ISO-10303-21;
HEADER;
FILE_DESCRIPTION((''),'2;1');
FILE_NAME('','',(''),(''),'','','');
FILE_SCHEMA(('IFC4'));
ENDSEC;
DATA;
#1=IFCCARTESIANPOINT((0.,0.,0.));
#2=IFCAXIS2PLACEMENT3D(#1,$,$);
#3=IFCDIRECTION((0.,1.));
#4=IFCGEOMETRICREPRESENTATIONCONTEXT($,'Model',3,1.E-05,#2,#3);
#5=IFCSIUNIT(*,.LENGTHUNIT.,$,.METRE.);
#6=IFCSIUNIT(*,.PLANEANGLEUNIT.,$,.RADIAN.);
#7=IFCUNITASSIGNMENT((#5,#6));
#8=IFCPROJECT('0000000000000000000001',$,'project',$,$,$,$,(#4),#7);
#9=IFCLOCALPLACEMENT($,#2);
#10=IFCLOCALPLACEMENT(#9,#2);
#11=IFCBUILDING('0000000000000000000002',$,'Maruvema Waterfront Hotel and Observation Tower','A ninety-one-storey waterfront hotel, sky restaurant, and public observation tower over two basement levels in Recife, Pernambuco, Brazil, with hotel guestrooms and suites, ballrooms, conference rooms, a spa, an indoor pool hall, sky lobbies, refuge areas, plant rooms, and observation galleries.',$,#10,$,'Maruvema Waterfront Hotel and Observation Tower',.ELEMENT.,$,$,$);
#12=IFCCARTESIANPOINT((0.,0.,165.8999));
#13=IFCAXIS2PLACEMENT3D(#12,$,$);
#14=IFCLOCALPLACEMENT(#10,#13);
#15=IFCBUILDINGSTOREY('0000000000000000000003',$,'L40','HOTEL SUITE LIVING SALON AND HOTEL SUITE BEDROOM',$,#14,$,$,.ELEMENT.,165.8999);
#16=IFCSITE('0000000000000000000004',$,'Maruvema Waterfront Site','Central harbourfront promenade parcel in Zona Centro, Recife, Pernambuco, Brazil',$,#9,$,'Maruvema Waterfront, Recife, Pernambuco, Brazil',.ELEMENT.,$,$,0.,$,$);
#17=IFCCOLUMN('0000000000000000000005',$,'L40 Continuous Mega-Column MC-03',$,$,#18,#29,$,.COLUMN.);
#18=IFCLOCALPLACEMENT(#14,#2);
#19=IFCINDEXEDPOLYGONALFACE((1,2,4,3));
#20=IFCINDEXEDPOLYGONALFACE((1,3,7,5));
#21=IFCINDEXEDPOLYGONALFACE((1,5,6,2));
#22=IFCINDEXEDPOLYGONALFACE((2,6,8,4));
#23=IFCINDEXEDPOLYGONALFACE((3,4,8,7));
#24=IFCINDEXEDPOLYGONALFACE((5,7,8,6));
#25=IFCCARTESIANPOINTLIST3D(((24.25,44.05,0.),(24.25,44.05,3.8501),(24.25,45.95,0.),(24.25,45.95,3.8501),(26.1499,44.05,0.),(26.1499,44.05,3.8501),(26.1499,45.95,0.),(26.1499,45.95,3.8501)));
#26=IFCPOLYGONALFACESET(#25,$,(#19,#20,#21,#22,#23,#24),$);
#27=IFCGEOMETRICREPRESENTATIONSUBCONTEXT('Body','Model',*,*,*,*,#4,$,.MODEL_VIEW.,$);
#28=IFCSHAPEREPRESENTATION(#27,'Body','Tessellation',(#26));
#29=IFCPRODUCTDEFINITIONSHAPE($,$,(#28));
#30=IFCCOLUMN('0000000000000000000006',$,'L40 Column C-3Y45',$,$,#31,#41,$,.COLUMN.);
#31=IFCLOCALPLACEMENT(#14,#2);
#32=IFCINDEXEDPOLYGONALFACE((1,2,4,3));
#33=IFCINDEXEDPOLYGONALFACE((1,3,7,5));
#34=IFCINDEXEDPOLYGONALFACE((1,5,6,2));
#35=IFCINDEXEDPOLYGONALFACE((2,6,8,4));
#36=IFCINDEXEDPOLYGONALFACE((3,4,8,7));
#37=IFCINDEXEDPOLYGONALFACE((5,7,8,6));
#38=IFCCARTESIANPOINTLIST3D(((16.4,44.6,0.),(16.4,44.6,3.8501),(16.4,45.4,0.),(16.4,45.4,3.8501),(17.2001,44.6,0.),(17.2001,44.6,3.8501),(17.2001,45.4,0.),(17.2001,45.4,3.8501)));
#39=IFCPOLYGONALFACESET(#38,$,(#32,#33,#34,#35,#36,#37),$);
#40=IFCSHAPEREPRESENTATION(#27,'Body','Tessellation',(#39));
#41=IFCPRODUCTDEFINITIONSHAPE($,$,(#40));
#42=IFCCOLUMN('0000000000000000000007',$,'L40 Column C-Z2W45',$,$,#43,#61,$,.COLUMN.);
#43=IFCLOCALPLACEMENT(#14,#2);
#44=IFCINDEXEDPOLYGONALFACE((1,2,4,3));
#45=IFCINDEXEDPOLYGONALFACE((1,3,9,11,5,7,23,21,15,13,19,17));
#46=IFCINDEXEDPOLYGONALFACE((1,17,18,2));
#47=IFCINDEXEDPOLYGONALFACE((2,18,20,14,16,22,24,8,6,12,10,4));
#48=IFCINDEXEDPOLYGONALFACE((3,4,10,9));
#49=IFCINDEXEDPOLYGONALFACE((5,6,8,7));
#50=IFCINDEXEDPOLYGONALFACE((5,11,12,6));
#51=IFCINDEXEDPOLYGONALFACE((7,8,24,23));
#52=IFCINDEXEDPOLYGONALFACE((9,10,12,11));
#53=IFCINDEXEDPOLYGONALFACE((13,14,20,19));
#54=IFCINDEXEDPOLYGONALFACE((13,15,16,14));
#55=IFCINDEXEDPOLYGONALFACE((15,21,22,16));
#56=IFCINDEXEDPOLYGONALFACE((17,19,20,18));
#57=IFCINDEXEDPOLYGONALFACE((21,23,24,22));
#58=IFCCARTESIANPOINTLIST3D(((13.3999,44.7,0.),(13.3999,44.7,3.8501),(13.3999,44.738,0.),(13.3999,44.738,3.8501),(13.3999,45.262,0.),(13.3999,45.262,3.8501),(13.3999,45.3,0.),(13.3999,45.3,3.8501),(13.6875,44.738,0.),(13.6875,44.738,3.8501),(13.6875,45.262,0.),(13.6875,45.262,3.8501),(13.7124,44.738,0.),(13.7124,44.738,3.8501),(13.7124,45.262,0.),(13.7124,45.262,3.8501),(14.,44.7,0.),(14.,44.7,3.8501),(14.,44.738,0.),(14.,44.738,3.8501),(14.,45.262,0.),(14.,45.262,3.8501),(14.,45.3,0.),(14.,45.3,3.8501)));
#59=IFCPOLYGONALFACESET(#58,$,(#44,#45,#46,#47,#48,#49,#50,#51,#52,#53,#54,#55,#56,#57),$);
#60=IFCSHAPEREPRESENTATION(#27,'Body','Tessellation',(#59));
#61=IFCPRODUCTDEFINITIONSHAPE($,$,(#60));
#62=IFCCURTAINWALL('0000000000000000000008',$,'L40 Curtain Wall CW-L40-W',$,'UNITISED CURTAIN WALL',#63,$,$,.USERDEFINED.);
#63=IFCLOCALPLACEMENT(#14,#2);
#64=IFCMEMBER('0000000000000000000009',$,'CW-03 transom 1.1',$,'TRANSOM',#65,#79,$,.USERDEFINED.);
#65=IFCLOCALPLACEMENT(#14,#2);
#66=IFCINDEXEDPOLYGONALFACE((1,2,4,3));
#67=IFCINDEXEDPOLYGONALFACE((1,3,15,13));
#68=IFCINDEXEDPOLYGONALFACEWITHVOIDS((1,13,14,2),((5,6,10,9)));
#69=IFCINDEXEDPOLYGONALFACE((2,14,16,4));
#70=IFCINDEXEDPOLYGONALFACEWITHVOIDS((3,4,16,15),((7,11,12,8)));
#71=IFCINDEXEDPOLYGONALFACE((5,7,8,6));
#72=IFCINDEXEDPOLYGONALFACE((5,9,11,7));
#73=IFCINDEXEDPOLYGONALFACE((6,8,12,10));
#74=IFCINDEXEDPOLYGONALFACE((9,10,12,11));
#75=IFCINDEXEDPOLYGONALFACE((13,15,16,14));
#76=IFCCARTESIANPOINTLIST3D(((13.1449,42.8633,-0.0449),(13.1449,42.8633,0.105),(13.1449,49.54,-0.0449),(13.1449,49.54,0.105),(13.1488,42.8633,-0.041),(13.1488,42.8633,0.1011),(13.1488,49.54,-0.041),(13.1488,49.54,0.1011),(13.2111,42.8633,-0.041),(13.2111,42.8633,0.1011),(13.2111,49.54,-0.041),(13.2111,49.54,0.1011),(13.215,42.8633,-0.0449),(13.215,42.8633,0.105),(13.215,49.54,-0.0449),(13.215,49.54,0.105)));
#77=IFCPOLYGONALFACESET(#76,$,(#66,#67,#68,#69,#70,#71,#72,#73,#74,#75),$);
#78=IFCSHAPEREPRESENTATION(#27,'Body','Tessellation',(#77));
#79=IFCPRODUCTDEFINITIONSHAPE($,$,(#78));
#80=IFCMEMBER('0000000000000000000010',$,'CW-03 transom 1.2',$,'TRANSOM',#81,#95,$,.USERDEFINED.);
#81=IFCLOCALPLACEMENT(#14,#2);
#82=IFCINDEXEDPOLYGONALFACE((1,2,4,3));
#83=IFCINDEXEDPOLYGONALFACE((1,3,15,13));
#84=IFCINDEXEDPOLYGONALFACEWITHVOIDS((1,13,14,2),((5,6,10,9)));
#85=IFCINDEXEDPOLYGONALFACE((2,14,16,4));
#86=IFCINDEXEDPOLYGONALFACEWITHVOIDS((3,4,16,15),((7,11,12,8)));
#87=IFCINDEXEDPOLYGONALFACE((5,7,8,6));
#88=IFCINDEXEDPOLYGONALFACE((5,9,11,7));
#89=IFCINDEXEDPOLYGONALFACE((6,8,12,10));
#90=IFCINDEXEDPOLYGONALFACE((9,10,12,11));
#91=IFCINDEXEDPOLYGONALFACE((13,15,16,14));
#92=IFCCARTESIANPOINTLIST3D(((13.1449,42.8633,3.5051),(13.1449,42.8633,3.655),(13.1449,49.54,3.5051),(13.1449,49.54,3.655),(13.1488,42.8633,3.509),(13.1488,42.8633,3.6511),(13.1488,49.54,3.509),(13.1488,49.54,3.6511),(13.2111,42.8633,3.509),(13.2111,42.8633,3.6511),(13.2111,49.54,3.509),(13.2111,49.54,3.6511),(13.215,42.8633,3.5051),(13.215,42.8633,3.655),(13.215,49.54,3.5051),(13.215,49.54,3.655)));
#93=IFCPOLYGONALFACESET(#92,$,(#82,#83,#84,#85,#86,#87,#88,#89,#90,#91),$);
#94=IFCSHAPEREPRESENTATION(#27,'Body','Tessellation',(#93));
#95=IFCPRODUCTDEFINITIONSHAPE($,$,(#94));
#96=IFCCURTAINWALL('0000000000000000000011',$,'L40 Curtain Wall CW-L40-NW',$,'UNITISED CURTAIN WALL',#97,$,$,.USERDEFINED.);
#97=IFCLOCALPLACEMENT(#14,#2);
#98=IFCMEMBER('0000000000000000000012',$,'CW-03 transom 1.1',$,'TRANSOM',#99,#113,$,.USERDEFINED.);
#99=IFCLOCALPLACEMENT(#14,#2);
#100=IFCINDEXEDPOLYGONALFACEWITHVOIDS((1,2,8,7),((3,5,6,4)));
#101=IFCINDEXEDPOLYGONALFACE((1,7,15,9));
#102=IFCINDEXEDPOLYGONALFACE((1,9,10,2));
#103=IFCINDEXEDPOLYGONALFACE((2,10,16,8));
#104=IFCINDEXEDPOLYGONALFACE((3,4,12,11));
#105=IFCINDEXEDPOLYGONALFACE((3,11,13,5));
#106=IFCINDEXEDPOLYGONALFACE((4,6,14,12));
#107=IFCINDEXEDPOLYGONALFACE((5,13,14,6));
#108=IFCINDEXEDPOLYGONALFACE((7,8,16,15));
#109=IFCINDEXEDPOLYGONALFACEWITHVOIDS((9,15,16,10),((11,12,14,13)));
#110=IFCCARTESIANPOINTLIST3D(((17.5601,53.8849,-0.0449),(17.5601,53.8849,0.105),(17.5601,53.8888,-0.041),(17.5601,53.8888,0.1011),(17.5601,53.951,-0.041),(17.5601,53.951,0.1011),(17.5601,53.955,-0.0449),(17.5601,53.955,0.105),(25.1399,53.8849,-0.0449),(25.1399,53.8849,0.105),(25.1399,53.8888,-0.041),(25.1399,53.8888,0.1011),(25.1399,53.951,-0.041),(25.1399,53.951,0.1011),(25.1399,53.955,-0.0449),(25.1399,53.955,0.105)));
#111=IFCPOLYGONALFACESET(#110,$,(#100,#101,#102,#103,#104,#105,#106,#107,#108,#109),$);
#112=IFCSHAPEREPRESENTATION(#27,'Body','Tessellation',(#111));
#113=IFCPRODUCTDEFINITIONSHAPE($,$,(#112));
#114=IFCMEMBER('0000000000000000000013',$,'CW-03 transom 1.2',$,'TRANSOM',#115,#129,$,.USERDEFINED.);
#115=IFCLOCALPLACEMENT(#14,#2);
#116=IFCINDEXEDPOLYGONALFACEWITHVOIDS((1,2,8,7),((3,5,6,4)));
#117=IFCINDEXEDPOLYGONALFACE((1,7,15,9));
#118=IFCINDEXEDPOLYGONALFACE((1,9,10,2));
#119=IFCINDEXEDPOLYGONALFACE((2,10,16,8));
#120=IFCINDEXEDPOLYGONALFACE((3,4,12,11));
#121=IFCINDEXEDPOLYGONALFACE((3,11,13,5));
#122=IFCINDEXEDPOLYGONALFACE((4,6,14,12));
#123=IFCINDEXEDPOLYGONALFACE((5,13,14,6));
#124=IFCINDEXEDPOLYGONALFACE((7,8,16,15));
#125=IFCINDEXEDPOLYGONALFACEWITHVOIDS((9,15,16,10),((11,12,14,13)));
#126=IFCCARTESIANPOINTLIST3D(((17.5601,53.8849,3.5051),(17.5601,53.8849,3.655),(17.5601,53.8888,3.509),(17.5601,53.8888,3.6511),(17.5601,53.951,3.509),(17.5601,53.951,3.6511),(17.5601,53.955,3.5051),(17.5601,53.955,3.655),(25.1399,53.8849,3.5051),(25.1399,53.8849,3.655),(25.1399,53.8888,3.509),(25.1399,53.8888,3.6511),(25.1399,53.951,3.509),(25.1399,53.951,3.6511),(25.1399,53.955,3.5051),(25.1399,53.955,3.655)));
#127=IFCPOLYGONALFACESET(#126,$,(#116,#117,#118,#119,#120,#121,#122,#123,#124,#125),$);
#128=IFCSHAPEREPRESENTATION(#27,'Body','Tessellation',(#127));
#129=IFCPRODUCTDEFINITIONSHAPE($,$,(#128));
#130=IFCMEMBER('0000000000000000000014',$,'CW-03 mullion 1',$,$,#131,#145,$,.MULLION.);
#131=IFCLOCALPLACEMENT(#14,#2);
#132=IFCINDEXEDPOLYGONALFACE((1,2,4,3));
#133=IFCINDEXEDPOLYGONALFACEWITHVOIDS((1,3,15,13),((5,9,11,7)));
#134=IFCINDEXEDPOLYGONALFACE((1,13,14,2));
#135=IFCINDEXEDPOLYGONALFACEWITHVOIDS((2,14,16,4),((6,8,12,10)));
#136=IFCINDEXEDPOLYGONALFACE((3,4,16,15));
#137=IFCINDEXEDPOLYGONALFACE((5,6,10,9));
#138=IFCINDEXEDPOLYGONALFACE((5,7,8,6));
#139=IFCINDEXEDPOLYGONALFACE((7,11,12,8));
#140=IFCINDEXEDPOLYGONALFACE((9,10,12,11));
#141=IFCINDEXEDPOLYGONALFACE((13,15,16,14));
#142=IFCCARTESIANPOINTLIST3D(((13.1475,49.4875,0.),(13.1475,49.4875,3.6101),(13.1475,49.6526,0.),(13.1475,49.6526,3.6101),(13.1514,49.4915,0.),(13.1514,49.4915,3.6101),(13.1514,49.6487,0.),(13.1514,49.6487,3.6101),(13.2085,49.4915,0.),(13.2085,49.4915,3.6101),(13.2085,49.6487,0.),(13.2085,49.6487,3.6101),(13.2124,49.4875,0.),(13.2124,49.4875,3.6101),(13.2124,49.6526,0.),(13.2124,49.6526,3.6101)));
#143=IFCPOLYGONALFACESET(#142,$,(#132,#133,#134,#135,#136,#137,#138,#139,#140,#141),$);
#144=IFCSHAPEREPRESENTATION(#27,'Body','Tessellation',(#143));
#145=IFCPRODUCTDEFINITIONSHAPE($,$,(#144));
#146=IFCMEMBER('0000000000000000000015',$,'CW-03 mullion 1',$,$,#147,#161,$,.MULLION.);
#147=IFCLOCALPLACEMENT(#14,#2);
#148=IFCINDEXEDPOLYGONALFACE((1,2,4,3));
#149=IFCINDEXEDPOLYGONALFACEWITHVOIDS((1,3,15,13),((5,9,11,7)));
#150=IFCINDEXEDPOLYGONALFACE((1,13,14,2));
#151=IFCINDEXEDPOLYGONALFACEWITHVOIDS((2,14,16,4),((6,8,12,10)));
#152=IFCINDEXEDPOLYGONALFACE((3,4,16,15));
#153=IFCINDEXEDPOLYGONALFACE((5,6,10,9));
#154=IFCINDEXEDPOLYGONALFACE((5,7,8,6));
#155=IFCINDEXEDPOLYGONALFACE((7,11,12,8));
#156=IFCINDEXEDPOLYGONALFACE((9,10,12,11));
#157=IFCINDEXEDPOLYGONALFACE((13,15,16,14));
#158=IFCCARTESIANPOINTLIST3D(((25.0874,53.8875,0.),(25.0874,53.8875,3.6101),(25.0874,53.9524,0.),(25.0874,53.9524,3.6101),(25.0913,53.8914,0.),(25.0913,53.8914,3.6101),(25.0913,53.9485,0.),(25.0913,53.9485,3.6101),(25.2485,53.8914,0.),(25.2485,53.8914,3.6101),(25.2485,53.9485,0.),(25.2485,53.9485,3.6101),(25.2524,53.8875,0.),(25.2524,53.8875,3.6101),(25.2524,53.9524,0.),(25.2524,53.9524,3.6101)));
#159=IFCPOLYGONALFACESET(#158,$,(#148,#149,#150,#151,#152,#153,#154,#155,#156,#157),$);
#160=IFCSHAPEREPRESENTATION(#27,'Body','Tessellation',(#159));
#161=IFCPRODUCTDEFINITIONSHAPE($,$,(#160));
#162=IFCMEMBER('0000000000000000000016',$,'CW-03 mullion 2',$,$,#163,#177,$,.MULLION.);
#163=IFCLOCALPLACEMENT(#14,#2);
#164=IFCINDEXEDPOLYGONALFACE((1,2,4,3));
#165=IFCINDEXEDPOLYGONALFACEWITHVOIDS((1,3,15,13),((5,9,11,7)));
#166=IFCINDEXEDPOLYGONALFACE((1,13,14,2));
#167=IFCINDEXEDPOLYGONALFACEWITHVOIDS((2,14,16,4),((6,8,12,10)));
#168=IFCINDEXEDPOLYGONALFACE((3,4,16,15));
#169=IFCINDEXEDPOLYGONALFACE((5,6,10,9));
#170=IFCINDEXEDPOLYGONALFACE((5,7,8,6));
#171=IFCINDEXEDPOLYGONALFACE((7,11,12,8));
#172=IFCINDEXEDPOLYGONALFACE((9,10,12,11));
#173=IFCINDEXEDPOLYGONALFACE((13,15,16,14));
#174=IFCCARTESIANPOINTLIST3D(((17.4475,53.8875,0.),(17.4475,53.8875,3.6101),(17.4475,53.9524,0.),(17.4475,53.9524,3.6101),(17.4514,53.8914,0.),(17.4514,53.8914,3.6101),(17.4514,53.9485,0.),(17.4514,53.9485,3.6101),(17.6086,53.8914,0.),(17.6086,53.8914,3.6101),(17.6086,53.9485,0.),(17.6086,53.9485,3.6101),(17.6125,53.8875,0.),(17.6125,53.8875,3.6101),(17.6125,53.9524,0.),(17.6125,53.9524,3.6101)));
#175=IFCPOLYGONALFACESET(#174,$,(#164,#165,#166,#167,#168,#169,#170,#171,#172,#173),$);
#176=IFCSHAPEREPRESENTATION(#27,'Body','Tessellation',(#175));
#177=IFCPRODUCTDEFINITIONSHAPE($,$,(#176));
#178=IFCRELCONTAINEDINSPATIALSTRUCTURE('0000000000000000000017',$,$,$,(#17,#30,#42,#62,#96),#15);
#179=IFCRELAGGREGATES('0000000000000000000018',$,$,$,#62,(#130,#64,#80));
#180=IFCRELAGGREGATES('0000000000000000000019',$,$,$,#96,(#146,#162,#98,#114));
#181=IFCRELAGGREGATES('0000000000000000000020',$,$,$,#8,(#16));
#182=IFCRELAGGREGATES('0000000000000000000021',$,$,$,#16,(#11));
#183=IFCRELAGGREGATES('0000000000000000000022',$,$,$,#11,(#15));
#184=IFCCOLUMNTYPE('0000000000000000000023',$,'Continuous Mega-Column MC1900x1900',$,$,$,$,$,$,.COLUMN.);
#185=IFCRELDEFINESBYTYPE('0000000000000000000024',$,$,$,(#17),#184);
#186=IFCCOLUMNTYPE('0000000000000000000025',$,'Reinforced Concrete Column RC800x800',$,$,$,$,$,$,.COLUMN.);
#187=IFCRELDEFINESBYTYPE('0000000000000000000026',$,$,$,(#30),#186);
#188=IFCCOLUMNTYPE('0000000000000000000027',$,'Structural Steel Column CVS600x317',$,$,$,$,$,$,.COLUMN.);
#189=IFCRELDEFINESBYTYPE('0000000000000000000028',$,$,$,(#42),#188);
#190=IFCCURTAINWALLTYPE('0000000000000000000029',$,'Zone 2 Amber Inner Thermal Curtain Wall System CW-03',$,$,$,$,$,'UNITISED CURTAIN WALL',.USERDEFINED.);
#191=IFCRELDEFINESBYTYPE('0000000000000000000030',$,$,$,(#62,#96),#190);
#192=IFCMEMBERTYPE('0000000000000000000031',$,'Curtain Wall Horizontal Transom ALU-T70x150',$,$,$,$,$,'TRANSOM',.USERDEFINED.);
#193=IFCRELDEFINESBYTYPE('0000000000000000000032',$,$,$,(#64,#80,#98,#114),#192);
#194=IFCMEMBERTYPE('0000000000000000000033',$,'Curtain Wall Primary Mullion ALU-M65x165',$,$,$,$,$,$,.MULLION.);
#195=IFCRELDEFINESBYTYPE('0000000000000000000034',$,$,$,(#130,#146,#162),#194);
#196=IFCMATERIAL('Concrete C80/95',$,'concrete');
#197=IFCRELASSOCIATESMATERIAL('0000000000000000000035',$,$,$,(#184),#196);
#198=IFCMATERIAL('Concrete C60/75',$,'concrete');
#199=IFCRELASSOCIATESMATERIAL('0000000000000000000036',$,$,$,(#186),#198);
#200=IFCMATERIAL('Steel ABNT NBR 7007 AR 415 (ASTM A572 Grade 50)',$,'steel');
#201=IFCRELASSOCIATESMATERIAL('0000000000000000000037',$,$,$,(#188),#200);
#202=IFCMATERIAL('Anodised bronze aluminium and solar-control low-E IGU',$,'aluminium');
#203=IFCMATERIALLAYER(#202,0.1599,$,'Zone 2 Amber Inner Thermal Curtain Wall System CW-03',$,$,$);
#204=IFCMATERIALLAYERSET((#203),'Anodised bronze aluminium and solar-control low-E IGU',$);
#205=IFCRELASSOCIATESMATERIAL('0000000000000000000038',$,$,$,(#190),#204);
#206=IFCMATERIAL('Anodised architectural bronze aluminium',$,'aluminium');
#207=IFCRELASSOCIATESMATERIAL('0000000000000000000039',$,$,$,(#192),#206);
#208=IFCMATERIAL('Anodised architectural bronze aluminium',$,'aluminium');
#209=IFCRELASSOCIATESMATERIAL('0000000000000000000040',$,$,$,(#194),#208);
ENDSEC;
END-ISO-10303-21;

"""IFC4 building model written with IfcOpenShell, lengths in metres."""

from ifc_helpers import new_model, si_unit, direction, frame, origin, origin_2d, place, context, subcontext, project, spatial, rectangle, hollow_rectangle, i_section, extrude, material, layer, layer_set, material_profile, profile_set, type_object, element, aggregate, save


model = new_model("IFC4")

# Units and contexts
model_context = context("Model", 3, precision=1e-05, world=origin(), true_north=direction((0.0, 1.0)))
body_context = subcontext(model_context, "Body", "Model", "MODEL_VIEW")
ifc_project = project(units=[si_unit("LENGTHUNIT", "METRE"), si_unit("PLANEANGLEUNIT", "RADIAN")], contexts=[model_context])

# Site, building, storey
site_placement = place(None, origin())
site = spatial("IfcSite", under=ifc_project, at=site_placement, Name="Maruvema Waterfront Site", Description="Central harbourfront promenade parcel in Zona Centro, Recife, Pernambuco, Brazil", LongName="Maruvema Waterfront, Recife, Pernambuco, Brazil", CompositionType="ELEMENT", RefElevation=0.0)
building_placement = place(site_placement, origin())
building = spatial("IfcBuilding", under=site, at=building_placement, Name="Maruvema Waterfront Hotel and Observation Tower", Description="A ninety-one-storey waterfront hotel, sky restaurant, and public observation tower over two basement levels in Recife, Pernambuco, Brazil, with hotel guestrooms and suites, ballrooms, conference rooms, a spa, an indoor pool hall, sky lobbies, refuge areas, plant rooms, and observation galleries.", LongName="Maruvema Waterfront Hotel and Observation Tower", CompositionType="ELEMENT")
storey_placement = place(building_placement, frame((0.0, 0.0, 165.8999)))
storey = spatial("IfcBuildingStorey", under=building, at=storey_placement, Name="L40", Description="HOTEL SUITE LIVING SALON AND HOTEL SUITE BEDROOM", CompositionType="ELEMENT", Elevation=165.8999)

# Columns
ifc_material_1 = material(Name="Concrete C80/95", Category="concrete")
ifc_material_profile_1 = material_profile(ifc_material_1, rectangle(XDim=1.8999, YDim=1.8999, at=origin_2d()), Name="MC1900x1900")
ifc_profile_set_1 = profile_set([ifc_material_profile_1], Name="Concrete C80/95")
column_type_1 = type_object("IfcColumnType", Name="Continuous Mega-Column MC1900x1900", PredefinedType="COLUMN", material=ifc_profile_set_1)
column_1_placement = place(storey_placement, frame((25.2, 45.0, 0.0), z_axis=(0.0, 0.0, 1.0), x_axis=(1.0, 0.0, 0.0)))
element("IfcColumn", 1, at=column_1_placement, inside=storey, type_object=column_type_1, Name="L40 Continuous Mega-Column MC-03", PredefinedType="COLUMN", context=body_context, shape_type="SweptSolid", body=[
    extrude(rectangle(XDim=1.8999, YDim=1.8999, at=origin_2d()), origin(), (0.0, 0.0, 1.0), 3.8501),
])
ifc_material_2 = material(Name="Concrete C60/75", Category="concrete")
ifc_material_profile_2 = material_profile(ifc_material_2, rectangle(XDim=0.8, YDim=0.8, at=origin_2d()), Name="RC800x800")
ifc_profile_set_2 = profile_set([ifc_material_profile_2], Name="Concrete C60/75")
column_type_2 = type_object("IfcColumnType", Name="Reinforced Concrete Column RC800x800", PredefinedType="COLUMN", material=ifc_profile_set_2)
column_2_placement = place(storey_placement, frame((16.8, 45.0, 0.0), z_axis=(0.0, 0.0, 1.0), x_axis=(1.0, 0.0, 0.0)))
element("IfcColumn", 2, at=column_2_placement, inside=storey, type_object=column_type_2, Name="L40 Column C-3Y45", PredefinedType="COLUMN", context=body_context, shape_type="SweptSolid", body=[
    extrude(rectangle(XDim=0.8, YDim=0.8, at=origin_2d()), origin(), (0.0, 0.0, 1.0), 3.8501),
])
ifc_material_3 = material(Name="Steel ABNT NBR 7007 AR 415 (ASTM A572 Grade 50)", Category="steel")
ifc_material_profile_3 = material_profile(ifc_material_3, i_section(OverallWidth=0.6001, OverallDepth=0.6001, WebThickness=0.0249, FlangeThickness=0.0381, at=origin_2d()), Name="CVS600x317")
ifc_profile_set_3 = profile_set([ifc_material_profile_3], Name="Steel ABNT NBR 7007 AR 415 (ASTM A572 Grade 50)")
column_type_3 = type_object("IfcColumnType", Name="Structural Steel Column CVS600x317", PredefinedType="COLUMN", material=ifc_profile_set_3)
column_3_placement = place(storey_placement, frame((13.7, 45.0, 0.0), z_axis=(0.0, 0.0, 1.0), x_axis=(1.0, 0.0, 0.0)))
element("IfcColumn", 3, at=column_3_placement, inside=storey, type_object=column_type_3, Name="L40 Column C-Z2W45", PredefinedType="COLUMN", context=body_context, shape_type="SweptSolid", body=[
    extrude(i_section(OverallWidth=0.6001, OverallDepth=0.6001, WebThickness=0.0249, FlangeThickness=0.0381, at=origin_2d()), origin(), (0.0, 0.0, 1.0), 3.8501),
])

# Curtain walls, members
ifc_material_4 = material(Name="Anodised bronze aluminium and solar-control low-E IGU", Category="aluminium")
ifc_layer_1 = layer(ifc_material_4, 0.1599, Name="Zone 2 Amber Inner Thermal Curtain Wall System CW-03")
ifc_layer_set_1 = layer_set([ifc_layer_1], Name="Anodised bronze aluminium and solar-control low-E IGU")
curtain_wall_type = type_object("IfcCurtainWallType", Name="Zone 2 Amber Inner Thermal Curtain Wall System CW-03", ElementType="UNITISED CURTAIN WALL", PredefinedType="USERDEFINED", material=ifc_layer_set_1)
curtain_wall_1_placement = place(storey_placement, origin())
curtain_wall_1 = element("IfcCurtainWall", 4, at=curtain_wall_1_placement, inside=storey, type_object=curtain_wall_type, Name="L40 Curtain Wall CW-L40-W", ObjectType="UNITISED CURTAIN WALL", PredefinedType="USERDEFINED")
ifc_material_5 = material(Name="Anodised architectural bronze aluminium", Category="aluminium")
ifc_material_profile_4 = material_profile(ifc_material_5, hollow_rectangle(XDim=0.0701, YDim=0.1499, WallThickness=0.0039, at=origin_2d()), Name="ALU-T70x150")
ifc_profile_set_4 = profile_set([ifc_material_profile_4], Name="Anodised architectural bronze aluminium")
member_type_1 = type_object("IfcMemberType", Name="Curtain Wall Horizontal Transom ALU-T70x150", ElementType="TRANSOM", PredefinedType="USERDEFINED", material=ifc_profile_set_4)
member_1_placement = place(storey_placement, frame((13.1799, 49.54, 0.03), z_axis=(0.0, -1.0, 0.0), x_axis=(1.0, 0.0, 0.0)))
member_1 = element("IfcMember", 5, at=member_1_placement, type_object=member_type_1, Name="CW-03 transom 1.1", ObjectType="TRANSOM", PredefinedType="USERDEFINED", context=body_context, shape_type="SweptSolid", body=[
    extrude(hollow_rectangle(XDim=0.0701, YDim=0.1499, WallThickness=0.0039, at=origin_2d()), origin(), (0.0, 0.0, 1.0), 6.6768),
])
member_2_placement = place(storey_placement, frame((13.1799, 49.54, 3.5801), z_axis=(0.0, -1.0, 0.0), x_axis=(1.0, 0.0, 0.0)))
member_2 = element("IfcMember", 6, at=member_2_placement, type_object=member_type_1, Name="CW-03 transom 1.2", ObjectType="TRANSOM", PredefinedType="USERDEFINED", context=body_context, shape_type="SweptSolid", body=[
    extrude(hollow_rectangle(XDim=0.0701, YDim=0.1499, WallThickness=0.0039, at=origin_2d()), origin(), (0.0, 0.0, 1.0), 6.6768),
])
curtain_wall_2_placement = place(storey_placement, origin())
curtain_wall_2 = element("IfcCurtainWall", 7, at=curtain_wall_2_placement, inside=storey, type_object=curtain_wall_type, Name="L40 Curtain Wall CW-L40-NW", ObjectType="UNITISED CURTAIN WALL", PredefinedType="USERDEFINED")
member_3_placement = place(storey_placement, frame((25.1399, 53.9199, 0.03), z_axis=(-1.0, 0.0, 0.0), x_axis=(0.0, -1.0, 0.0)))
member_3 = element("IfcMember", 8, at=member_3_placement, type_object=member_type_1, Name="CW-03 transom 1.1", ObjectType="TRANSOM", PredefinedType="USERDEFINED", context=body_context, shape_type="SweptSolid", body=[
    extrude(hollow_rectangle(XDim=0.0701, YDim=0.1499, WallThickness=0.0039, at=origin_2d()), origin(), (0.0, 0.0, 1.0), 7.5798),
])
member_4_placement = place(storey_placement, frame((25.1399, 53.9199, 3.5801), z_axis=(-1.0, 0.0, 0.0), x_axis=(0.0, -1.0, 0.0)))
member_4 = element("IfcMember", 9, at=member_4_placement, type_object=member_type_1, Name="CW-03 transom 1.2", ObjectType="TRANSOM", PredefinedType="USERDEFINED", context=body_context, shape_type="SweptSolid", body=[
    extrude(hollow_rectangle(XDim=0.0701, YDim=0.1499, WallThickness=0.0039, at=origin_2d()), origin(), (0.0, 0.0, 1.0), 7.5798),
])

# Members
ifc_material_6 = material(Name="Anodised architectural bronze aluminium", Category="aluminium")
ifc_material_profile_5 = material_profile(ifc_material_6, hollow_rectangle(XDim=0.0649, YDim=0.165, WallThickness=0.0039, at=origin_2d()), Name="ALU-M65x165")
ifc_profile_set_5 = profile_set([ifc_material_profile_5], Name="Anodised architectural bronze aluminium")
member_type_2 = type_object("IfcMemberType", Name="Curtain Wall Primary Mullion ALU-M65x165", PredefinedType="MULLION", material=ifc_profile_set_5)
member_5_placement = place(storey_placement, frame((13.1799, 49.5701, 0.0), z_axis=(0.0, 0.0, 1.0), x_axis=(1.0, 0.0, 0.0)))
member_5 = element("IfcMember", 10, at=member_5_placement, type_object=member_type_2, Name="CW-03 mullion 1", PredefinedType="MULLION", context=body_context, shape_type="SweptSolid", body=[
    extrude(hollow_rectangle(XDim=0.0649, YDim=0.165, WallThickness=0.0039, at=origin_2d()), origin(), (0.0, 0.0, 1.0), 3.6101),
])
member_6_placement = place(storey_placement, frame((25.1699, 53.9199, 0.0), z_axis=(0.0, 0.0, 1.0), x_axis=(0.0, -1.0, 0.0)))
member_6 = element("IfcMember", 11, at=member_6_placement, type_object=member_type_2, Name="CW-03 mullion 1", PredefinedType="MULLION", context=body_context, shape_type="SweptSolid", body=[
    extrude(hollow_rectangle(XDim=0.0649, YDim=0.165, WallThickness=0.0039, at=origin_2d()), origin(), (0.0, 0.0, 1.0), 3.6101),
])
member_7_placement = place(storey_placement, frame((17.53, 53.9199, 0.0), z_axis=(0.0, 0.0, 1.0), x_axis=(0.0, -1.0, 0.0)))
member_7 = element("IfcMember", 12, at=member_7_placement, type_object=member_type_2, Name="CW-03 mullion 2", PredefinedType="MULLION", context=body_context, shape_type="SweptSolid", body=[
    extrude(hollow_rectangle(XDim=0.0649, YDim=0.165, WallThickness=0.0039, at=origin_2d()), origin(), (0.0, 0.0, 1.0), 3.6101),
])

aggregate(curtain_wall_1, [member_5, member_1, member_2])
aggregate(curtain_wall_2, [member_6, member_7, member_3, member_4])

save(model, "model.ifc")
